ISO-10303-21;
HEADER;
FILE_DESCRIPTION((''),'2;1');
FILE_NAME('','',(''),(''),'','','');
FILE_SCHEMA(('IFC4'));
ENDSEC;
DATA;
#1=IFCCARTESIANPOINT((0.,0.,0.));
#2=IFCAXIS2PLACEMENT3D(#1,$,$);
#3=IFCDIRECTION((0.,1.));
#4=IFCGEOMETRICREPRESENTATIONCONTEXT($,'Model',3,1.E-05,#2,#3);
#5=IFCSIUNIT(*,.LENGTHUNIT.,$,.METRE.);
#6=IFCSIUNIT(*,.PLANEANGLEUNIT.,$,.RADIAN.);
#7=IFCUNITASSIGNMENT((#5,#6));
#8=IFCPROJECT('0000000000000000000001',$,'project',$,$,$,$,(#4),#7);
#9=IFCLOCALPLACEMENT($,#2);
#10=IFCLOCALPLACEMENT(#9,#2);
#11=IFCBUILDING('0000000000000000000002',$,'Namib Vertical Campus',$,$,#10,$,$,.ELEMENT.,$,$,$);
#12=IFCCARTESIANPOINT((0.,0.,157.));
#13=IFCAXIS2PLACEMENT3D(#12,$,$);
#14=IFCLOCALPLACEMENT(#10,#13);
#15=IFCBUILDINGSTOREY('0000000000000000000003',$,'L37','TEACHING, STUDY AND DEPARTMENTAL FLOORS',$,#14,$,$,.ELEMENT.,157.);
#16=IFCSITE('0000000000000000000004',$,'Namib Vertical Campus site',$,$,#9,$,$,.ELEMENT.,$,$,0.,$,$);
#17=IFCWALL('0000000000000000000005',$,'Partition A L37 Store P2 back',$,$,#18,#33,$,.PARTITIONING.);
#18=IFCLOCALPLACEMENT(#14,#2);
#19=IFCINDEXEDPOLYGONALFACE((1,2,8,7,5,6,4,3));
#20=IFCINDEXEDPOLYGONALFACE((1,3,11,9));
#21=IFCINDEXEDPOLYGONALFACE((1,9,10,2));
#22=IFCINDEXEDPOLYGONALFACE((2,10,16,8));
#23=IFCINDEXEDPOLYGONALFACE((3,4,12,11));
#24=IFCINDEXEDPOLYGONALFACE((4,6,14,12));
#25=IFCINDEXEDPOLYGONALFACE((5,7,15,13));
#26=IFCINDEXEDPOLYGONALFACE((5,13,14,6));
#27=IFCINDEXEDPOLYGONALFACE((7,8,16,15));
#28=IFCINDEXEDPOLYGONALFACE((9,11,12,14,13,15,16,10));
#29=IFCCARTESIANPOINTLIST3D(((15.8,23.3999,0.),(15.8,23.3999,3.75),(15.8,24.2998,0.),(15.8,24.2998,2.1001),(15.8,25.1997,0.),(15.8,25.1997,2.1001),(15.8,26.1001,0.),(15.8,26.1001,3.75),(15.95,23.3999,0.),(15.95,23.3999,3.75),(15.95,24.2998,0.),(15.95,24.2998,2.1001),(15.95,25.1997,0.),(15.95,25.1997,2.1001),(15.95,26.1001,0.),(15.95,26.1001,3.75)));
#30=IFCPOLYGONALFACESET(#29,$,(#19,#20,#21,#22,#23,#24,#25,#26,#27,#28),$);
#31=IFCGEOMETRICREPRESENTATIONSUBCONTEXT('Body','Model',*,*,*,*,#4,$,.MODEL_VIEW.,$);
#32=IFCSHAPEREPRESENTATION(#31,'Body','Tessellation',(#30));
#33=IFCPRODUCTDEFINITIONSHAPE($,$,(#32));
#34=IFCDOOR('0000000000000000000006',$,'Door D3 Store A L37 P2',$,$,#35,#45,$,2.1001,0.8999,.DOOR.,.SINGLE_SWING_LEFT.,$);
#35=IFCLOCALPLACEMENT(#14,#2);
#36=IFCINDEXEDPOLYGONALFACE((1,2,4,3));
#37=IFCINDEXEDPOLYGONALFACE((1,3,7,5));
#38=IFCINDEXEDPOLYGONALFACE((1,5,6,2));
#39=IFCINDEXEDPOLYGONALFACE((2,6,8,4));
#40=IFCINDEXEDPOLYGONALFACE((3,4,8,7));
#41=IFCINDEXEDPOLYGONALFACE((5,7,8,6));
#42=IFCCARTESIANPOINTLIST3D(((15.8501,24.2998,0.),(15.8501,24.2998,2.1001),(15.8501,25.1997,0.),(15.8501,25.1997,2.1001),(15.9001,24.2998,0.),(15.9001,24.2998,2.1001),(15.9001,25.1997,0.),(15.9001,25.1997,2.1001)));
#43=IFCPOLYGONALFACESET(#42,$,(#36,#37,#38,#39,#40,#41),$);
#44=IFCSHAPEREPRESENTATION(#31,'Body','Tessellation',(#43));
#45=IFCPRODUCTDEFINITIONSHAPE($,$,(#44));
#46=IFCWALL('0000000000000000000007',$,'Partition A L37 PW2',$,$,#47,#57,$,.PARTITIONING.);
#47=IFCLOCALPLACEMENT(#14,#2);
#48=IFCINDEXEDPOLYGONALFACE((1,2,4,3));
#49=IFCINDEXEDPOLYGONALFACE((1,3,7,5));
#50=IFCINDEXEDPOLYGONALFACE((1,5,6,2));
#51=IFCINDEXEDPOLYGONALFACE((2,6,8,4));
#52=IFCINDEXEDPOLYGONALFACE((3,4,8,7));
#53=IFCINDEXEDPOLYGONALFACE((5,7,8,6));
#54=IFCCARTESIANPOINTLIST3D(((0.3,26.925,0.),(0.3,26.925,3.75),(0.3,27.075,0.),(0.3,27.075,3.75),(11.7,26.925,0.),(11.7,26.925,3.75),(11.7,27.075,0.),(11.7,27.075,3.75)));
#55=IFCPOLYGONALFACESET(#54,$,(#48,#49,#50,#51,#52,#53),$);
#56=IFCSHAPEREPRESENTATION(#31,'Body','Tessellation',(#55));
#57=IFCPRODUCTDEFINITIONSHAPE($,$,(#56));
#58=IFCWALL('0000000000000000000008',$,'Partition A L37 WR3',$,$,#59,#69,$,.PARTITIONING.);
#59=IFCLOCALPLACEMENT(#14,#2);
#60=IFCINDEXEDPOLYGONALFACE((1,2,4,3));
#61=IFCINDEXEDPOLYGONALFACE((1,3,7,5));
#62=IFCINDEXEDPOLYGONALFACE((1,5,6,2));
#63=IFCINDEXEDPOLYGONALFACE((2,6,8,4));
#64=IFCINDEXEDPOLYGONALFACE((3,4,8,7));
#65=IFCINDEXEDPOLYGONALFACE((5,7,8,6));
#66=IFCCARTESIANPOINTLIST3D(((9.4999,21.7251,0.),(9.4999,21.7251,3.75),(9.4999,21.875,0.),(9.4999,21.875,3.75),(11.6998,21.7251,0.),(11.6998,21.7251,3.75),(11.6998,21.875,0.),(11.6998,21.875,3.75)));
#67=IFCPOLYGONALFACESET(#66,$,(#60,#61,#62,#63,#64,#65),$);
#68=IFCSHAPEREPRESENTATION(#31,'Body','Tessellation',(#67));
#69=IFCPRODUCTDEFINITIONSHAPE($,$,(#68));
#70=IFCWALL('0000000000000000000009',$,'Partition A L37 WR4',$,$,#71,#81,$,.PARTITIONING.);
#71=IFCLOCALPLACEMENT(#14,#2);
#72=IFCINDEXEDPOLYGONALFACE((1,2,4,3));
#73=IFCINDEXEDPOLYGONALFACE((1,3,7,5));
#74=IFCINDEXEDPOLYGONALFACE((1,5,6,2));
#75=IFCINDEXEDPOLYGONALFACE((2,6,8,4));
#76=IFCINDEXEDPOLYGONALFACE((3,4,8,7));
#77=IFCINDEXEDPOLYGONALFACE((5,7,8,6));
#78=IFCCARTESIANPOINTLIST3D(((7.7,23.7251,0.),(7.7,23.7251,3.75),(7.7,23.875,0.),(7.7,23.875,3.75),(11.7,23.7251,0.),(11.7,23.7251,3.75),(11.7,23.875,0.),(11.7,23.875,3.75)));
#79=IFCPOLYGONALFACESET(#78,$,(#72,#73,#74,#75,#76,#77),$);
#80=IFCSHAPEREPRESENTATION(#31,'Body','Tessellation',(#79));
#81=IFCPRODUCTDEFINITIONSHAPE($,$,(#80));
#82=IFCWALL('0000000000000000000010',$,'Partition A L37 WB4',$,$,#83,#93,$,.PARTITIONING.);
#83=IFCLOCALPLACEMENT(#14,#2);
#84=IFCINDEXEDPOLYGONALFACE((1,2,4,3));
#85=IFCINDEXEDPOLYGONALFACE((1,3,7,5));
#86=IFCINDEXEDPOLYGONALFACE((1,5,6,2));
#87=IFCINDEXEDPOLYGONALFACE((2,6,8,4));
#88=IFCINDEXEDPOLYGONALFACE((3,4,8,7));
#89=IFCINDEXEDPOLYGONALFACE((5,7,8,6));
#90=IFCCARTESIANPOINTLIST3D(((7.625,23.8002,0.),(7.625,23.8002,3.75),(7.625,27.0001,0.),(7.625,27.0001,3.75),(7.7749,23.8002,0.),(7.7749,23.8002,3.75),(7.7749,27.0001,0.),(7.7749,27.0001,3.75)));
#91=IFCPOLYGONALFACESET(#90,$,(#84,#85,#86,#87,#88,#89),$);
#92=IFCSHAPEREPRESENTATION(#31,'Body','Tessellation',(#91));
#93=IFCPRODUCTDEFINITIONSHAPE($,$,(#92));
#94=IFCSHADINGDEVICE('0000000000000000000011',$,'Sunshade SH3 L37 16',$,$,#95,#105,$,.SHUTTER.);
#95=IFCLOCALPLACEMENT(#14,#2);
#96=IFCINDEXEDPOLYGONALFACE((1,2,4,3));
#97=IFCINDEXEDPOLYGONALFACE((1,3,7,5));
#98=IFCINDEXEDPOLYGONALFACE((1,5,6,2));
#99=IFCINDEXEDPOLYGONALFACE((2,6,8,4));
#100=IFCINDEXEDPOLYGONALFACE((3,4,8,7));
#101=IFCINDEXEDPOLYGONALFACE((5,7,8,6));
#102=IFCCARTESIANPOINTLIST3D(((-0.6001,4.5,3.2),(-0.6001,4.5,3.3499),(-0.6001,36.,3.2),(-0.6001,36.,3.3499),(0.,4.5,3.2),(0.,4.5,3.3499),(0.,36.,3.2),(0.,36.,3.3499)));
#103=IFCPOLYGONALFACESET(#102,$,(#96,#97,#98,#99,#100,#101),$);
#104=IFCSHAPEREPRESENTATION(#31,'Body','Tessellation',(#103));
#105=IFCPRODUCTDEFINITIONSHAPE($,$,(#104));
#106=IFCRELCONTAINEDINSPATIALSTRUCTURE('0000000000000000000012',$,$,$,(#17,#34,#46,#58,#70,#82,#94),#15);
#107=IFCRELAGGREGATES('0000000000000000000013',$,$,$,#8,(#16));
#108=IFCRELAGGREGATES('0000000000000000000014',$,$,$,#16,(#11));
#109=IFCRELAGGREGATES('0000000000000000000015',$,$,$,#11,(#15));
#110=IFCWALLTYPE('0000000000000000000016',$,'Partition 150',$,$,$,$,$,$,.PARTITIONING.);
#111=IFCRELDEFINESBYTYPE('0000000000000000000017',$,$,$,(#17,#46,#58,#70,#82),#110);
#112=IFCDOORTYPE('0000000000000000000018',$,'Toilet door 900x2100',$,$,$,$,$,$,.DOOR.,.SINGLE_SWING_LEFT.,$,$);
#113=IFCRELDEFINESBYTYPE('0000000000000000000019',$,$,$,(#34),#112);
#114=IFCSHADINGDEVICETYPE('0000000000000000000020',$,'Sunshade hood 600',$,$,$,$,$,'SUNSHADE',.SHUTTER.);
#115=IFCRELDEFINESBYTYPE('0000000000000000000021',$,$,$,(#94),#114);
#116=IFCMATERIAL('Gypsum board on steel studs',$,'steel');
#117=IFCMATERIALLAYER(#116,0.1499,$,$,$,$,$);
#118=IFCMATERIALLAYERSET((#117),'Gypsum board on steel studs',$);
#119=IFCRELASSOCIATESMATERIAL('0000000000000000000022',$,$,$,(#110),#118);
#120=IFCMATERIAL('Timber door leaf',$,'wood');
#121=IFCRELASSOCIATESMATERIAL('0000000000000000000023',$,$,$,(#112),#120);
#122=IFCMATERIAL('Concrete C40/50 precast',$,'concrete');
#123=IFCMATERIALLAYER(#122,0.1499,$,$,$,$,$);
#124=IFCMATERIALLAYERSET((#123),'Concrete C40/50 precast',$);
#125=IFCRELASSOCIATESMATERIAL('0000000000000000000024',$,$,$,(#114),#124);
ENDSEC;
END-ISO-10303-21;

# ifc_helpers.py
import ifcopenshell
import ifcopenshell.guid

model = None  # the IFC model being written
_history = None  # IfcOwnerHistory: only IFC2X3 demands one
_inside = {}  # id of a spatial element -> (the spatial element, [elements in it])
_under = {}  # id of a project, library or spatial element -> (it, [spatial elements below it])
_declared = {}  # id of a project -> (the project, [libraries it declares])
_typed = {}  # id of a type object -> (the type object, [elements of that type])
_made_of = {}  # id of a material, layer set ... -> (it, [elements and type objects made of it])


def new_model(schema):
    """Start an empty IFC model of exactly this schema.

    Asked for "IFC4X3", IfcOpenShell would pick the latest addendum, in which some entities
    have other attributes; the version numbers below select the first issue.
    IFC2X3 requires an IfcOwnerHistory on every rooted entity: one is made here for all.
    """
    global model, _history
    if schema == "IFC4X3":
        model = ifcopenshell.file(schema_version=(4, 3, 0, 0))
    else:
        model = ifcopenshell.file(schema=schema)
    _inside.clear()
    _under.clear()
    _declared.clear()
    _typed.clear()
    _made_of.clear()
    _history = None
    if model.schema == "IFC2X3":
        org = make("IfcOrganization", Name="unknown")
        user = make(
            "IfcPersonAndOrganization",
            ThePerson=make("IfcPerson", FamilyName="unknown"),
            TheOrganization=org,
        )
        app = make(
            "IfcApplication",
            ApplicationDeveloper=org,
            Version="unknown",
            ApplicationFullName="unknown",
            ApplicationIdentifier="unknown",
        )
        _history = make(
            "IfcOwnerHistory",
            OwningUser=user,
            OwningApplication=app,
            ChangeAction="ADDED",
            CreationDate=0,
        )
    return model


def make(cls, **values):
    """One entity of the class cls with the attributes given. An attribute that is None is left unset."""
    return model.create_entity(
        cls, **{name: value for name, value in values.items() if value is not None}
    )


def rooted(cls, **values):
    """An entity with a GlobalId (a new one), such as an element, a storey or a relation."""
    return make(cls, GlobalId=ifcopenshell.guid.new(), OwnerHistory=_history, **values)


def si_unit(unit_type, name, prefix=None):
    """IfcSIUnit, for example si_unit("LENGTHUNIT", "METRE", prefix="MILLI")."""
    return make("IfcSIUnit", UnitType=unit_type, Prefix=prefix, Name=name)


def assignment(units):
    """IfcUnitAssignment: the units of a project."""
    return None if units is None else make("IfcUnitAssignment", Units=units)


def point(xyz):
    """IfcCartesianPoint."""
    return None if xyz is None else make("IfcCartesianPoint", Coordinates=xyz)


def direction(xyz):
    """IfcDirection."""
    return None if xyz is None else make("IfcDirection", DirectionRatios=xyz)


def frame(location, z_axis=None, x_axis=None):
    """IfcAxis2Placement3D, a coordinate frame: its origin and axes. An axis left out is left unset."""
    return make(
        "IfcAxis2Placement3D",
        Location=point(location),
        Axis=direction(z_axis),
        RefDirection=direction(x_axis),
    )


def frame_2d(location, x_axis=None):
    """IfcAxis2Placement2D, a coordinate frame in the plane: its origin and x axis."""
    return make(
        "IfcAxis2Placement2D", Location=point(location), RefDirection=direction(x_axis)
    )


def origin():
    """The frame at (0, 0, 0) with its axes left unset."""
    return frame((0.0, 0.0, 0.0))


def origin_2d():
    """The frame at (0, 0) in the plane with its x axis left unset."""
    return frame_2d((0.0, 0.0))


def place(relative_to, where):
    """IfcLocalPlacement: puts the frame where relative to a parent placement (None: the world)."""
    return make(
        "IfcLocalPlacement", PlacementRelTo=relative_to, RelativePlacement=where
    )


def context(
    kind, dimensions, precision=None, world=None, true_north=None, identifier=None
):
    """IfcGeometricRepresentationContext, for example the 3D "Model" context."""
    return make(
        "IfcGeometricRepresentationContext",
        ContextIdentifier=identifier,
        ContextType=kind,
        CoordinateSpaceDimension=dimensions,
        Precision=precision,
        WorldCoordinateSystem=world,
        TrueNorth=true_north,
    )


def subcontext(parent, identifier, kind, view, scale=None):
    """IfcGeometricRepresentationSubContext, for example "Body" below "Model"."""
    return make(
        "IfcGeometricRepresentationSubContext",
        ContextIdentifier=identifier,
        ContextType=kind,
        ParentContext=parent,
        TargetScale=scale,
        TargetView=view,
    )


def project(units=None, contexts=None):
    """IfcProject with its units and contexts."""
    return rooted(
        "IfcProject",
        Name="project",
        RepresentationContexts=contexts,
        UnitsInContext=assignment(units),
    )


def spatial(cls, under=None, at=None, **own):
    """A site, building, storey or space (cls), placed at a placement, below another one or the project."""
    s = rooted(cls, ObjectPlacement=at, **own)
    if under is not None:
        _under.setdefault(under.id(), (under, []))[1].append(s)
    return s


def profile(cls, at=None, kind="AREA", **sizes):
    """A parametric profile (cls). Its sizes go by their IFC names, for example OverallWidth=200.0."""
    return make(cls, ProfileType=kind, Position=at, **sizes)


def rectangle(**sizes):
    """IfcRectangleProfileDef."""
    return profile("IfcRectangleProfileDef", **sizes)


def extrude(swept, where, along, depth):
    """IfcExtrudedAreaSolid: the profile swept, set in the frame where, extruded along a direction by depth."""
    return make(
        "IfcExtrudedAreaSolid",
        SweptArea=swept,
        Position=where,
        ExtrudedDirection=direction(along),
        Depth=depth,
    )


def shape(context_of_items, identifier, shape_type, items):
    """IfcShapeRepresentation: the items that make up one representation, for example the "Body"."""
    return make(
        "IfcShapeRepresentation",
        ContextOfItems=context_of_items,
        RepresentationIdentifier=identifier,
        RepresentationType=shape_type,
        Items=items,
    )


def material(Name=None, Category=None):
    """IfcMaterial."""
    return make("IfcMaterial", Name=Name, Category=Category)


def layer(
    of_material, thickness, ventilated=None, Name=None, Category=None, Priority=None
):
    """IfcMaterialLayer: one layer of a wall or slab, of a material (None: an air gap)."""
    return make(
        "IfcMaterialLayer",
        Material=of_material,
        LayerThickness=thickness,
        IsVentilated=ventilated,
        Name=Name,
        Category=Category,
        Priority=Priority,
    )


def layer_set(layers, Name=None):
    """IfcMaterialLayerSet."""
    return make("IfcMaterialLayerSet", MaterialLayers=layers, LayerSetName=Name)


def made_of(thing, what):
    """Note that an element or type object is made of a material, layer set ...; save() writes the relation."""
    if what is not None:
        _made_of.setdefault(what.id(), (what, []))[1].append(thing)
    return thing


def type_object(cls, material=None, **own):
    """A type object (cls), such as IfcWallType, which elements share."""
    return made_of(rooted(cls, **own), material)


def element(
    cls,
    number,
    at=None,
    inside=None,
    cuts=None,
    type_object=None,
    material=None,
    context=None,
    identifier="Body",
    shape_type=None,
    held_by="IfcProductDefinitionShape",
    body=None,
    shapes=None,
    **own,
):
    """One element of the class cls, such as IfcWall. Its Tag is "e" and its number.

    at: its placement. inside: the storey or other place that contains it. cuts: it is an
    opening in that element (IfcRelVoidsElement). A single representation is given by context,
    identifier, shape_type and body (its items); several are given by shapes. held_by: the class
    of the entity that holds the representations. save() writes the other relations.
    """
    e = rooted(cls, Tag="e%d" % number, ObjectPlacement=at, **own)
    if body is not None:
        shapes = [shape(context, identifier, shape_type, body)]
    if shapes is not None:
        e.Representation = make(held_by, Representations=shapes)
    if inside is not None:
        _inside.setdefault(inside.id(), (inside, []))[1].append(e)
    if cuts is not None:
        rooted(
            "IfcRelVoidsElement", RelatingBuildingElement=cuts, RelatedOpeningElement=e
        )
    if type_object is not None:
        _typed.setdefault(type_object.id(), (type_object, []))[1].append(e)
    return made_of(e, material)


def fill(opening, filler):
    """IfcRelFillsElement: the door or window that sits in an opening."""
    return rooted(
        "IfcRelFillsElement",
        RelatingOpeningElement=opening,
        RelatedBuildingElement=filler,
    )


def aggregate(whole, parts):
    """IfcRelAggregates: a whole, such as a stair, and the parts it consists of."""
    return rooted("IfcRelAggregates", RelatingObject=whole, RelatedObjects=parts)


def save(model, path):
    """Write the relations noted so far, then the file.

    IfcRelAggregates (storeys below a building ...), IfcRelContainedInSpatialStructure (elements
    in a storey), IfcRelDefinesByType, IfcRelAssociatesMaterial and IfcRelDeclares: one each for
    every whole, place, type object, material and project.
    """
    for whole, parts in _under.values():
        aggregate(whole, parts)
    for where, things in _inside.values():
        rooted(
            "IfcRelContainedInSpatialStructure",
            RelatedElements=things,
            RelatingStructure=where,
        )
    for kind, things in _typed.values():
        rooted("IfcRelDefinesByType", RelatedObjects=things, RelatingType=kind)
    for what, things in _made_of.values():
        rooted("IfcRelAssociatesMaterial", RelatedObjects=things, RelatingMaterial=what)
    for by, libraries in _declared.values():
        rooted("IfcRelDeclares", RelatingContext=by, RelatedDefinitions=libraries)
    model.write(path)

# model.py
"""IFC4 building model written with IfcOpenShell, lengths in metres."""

from ifc_helpers import new_model, si_unit, direction, frame, frame_2d, origin, origin_2d, place, context, subcontext, project, spatial, rectangle, extrude, material, layer, layer_set, type_object, element, fill, save


model = new_model("IFC4")

# Units and contexts
model_context = context("Model", 3, precision=1e-05, world=origin(), true_north=direction((0.0, 1.0)))
body_context = subcontext(model_context, "Body", "Model", "MODEL_VIEW")
ifc_project = project(units=[si_unit("LENGTHUNIT", "METRE"), si_unit("PLANEANGLEUNIT", "RADIAN")], contexts=[model_context])

# Site, building, storey
site_placement = place(None, origin())
site = spatial("IfcSite", under=ifc_project, at=site_placement, Name="Namib Vertical Campus site", CompositionType="ELEMENT", RefElevation=0.0)
building_placement = place(site_placement, origin())
building = spatial("IfcBuilding", under=site, at=building_placement, Name="Namib Vertical Campus", CompositionType="ELEMENT")
storey_placement = place(building_placement, frame((0.0, 0.0, 157.0)))
storey = spatial("IfcBuildingStorey", under=building, at=storey_placement, Name="L37", Description="TEACHING, STUDY AND DEPARTMENTAL FLOORS", CompositionType="ELEMENT", Elevation=157.0)

# Wall, opening, door
ifc_material_1 = material(Name="Gypsum board on steel studs", Category="steel")
ifc_layer_1 = layer(ifc_material_1, 0.1499)
ifc_layer_set_1 = layer_set([ifc_layer_1], Name="Gypsum board on steel studs")
wall_type_1 = type_object("IfcWallType", Name="Partition 150", PredefinedType="PARTITIONING", material=ifc_layer_set_1)
wall_1_placement = place(storey_placement, frame((15.875, 23.3999, 0.0), z_axis=(0.0, 0.0, 1.0), x_axis=(0.0, 1.0, 0.0)))
wall_1 = element("IfcWall", 1, at=wall_1_placement, inside=storey, type_object=wall_type_1, Name="Partition A L37 Store P2 back", PredefinedType="PARTITIONING", context=body_context, shape_type="SweptSolid", body=[
    extrude(rectangle(XDim=2.7002, YDim=0.1499, at=frame_2d((1.3501, 0.0))), origin(), (0.0, 0.0, 1.0), 3.75),
])
opening_1_placement = place(wall_1_placement, frame((0.8999, 0.0, 0.0)))
opening_1 = element("IfcOpeningElement", 2, at=opening_1_placement, cuts=wall_1, PredefinedType="OPENING", context=body_context, shape_type="SweptSolid", body=[
    extrude(rectangle(XDim=0.8999, YDim=2.1001, at=frame_2d((0.45, 1.05))), frame((0.0, 0.085, 0.0), z_axis=(0.0, -1.0, 0.0), x_axis=(1.0, 0.0, 0.0)), (0.0, 0.0, 1.0), 0.1699),
])
ifc_material_2 = material(Name="Timber door leaf", Category="wood")
door_type_1 = type_object("IfcDoorType", Name="Toilet door 900x2100", OperationType="SINGLE_SWING_LEFT", PredefinedType="DOOR", material=ifc_material_2)
door_1_placement = place(opening_1_placement, origin())
door_1 = element("IfcDoor", 3, at=door_1_placement, inside=storey, type_object=door_type_1, Name="Door D3 Store A L37 P2", OperationType="SINGLE_SWING_LEFT", OverallHeight=2.1001, OverallWidth=0.8999, PredefinedType="DOOR", context=body_context, shape_type="SweptSolid", body=[
    extrude(rectangle(XDim=0.8999, YDim=2.1001, at=frame_2d((0.45, 1.05))), frame((0.0, 0.0249, 0.0), z_axis=(0.0, -1.0, 0.0), x_axis=(1.0, 0.0, 0.0)), (0.0, 0.0, 1.0), 0.05),
])
fill(opening_1, door_1)

# Walls
wall_2_placement = place(storey_placement, frame((0.3, 27.0, 0.0), z_axis=(0.0, 0.0, 1.0), x_axis=(1.0, 0.0, 0.0)))
element("IfcWall", 4, at=wall_2_placement, inside=storey, type_object=wall_type_1, Name="Partition A L37 PW2", PredefinedType="PARTITIONING", context=body_context, shape_type="SweptSolid", body=[
    extrude(rectangle(XDim=11.3999, YDim=0.1499, at=frame_2d((5.7, 0.0))), origin(), (0.0, 0.0, 1.0), 3.75),
])
wall_3_placement = place(storey_placement, frame((11.7, 21.8, 0.0), z_axis=(0.0, 0.0, 1.0), x_axis=(-1.0, 0.0, 0.0)))
element("IfcWall", 5, at=wall_3_placement, inside=storey, type_object=wall_type_1, Name="Partition A L37 WR3", PredefinedType="PARTITIONING", context=body_context, shape_type="SweptSolid", body=[
    extrude(rectangle(XDim=2.2, YDim=0.1499, at=frame_2d((1.1001, 0.0))), origin(), (0.0, 0.0, 1.0), 3.75),
])
wall_4_placement = place(storey_placement, frame((11.7, 23.8, 0.0), z_axis=(0.0, 0.0, 1.0), x_axis=(-1.0, 0.0, 0.0)))
element("IfcWall", 6, at=wall_4_placement, inside=storey, type_object=wall_type_1, Name="Partition A L37 WR4", PredefinedType="PARTITIONING", context=body_context, shape_type="SweptSolid", body=[
    extrude(rectangle(XDim=4.0, YDim=0.1499, at=frame_2d((2.0, 0.0))), origin(), (0.0, 0.0, 1.0), 3.75),
])
wall_5_placement = place(storey_placement, frame((7.7, 23.8, 0.0), z_axis=(0.0, 0.0, 1.0), x_axis=(0.0, 1.0, 0.0)))
element("IfcWall", 7, at=wall_5_placement, inside=storey, type_object=wall_type_1, Name="Partition A L37 WB4", PredefinedType="PARTITIONING", context=body_context, shape_type="SweptSolid", body=[
    extrude(rectangle(XDim=3.2, YDim=0.1499, at=frame_2d((1.6001, 0.0))), origin(), (0.0, 0.0, 1.0), 3.75),
])

# Shading device
ifc_material_3 = material(Name="Concrete C40/50 precast", Category="concrete")
ifc_layer_2 = layer(ifc_material_3, 0.1499)
ifc_layer_set_2 = layer_set([ifc_layer_2], Name="Concrete C40/50 precast")
shading_device_type = type_object("IfcShadingDeviceType", Name="Sunshade hood 600", ElementType="SUNSHADE", PredefinedType="SHUTTER", material=ifc_layer_set_2)
shading_device_placement = place(storey_placement, frame((-0.3, 20.25, 3.2), z_axis=(0.0, 0.0, 1.0), x_axis=(0.0, -1.0, 0.0)))
element("IfcShadingDevice", 8, at=shading_device_placement, inside=storey, type_object=shading_device_type, Name="Sunshade SH3 L37 16", PredefinedType="SHUTTER", context=body_context, shape_type="SweptSolid", body=[
    extrude(rectangle(XDim=31.5, YDim=0.6001, at=origin_2d()), origin(), (0.0, 0.0, 1.0), 0.1499),
])

save(model, "model.ifc")
